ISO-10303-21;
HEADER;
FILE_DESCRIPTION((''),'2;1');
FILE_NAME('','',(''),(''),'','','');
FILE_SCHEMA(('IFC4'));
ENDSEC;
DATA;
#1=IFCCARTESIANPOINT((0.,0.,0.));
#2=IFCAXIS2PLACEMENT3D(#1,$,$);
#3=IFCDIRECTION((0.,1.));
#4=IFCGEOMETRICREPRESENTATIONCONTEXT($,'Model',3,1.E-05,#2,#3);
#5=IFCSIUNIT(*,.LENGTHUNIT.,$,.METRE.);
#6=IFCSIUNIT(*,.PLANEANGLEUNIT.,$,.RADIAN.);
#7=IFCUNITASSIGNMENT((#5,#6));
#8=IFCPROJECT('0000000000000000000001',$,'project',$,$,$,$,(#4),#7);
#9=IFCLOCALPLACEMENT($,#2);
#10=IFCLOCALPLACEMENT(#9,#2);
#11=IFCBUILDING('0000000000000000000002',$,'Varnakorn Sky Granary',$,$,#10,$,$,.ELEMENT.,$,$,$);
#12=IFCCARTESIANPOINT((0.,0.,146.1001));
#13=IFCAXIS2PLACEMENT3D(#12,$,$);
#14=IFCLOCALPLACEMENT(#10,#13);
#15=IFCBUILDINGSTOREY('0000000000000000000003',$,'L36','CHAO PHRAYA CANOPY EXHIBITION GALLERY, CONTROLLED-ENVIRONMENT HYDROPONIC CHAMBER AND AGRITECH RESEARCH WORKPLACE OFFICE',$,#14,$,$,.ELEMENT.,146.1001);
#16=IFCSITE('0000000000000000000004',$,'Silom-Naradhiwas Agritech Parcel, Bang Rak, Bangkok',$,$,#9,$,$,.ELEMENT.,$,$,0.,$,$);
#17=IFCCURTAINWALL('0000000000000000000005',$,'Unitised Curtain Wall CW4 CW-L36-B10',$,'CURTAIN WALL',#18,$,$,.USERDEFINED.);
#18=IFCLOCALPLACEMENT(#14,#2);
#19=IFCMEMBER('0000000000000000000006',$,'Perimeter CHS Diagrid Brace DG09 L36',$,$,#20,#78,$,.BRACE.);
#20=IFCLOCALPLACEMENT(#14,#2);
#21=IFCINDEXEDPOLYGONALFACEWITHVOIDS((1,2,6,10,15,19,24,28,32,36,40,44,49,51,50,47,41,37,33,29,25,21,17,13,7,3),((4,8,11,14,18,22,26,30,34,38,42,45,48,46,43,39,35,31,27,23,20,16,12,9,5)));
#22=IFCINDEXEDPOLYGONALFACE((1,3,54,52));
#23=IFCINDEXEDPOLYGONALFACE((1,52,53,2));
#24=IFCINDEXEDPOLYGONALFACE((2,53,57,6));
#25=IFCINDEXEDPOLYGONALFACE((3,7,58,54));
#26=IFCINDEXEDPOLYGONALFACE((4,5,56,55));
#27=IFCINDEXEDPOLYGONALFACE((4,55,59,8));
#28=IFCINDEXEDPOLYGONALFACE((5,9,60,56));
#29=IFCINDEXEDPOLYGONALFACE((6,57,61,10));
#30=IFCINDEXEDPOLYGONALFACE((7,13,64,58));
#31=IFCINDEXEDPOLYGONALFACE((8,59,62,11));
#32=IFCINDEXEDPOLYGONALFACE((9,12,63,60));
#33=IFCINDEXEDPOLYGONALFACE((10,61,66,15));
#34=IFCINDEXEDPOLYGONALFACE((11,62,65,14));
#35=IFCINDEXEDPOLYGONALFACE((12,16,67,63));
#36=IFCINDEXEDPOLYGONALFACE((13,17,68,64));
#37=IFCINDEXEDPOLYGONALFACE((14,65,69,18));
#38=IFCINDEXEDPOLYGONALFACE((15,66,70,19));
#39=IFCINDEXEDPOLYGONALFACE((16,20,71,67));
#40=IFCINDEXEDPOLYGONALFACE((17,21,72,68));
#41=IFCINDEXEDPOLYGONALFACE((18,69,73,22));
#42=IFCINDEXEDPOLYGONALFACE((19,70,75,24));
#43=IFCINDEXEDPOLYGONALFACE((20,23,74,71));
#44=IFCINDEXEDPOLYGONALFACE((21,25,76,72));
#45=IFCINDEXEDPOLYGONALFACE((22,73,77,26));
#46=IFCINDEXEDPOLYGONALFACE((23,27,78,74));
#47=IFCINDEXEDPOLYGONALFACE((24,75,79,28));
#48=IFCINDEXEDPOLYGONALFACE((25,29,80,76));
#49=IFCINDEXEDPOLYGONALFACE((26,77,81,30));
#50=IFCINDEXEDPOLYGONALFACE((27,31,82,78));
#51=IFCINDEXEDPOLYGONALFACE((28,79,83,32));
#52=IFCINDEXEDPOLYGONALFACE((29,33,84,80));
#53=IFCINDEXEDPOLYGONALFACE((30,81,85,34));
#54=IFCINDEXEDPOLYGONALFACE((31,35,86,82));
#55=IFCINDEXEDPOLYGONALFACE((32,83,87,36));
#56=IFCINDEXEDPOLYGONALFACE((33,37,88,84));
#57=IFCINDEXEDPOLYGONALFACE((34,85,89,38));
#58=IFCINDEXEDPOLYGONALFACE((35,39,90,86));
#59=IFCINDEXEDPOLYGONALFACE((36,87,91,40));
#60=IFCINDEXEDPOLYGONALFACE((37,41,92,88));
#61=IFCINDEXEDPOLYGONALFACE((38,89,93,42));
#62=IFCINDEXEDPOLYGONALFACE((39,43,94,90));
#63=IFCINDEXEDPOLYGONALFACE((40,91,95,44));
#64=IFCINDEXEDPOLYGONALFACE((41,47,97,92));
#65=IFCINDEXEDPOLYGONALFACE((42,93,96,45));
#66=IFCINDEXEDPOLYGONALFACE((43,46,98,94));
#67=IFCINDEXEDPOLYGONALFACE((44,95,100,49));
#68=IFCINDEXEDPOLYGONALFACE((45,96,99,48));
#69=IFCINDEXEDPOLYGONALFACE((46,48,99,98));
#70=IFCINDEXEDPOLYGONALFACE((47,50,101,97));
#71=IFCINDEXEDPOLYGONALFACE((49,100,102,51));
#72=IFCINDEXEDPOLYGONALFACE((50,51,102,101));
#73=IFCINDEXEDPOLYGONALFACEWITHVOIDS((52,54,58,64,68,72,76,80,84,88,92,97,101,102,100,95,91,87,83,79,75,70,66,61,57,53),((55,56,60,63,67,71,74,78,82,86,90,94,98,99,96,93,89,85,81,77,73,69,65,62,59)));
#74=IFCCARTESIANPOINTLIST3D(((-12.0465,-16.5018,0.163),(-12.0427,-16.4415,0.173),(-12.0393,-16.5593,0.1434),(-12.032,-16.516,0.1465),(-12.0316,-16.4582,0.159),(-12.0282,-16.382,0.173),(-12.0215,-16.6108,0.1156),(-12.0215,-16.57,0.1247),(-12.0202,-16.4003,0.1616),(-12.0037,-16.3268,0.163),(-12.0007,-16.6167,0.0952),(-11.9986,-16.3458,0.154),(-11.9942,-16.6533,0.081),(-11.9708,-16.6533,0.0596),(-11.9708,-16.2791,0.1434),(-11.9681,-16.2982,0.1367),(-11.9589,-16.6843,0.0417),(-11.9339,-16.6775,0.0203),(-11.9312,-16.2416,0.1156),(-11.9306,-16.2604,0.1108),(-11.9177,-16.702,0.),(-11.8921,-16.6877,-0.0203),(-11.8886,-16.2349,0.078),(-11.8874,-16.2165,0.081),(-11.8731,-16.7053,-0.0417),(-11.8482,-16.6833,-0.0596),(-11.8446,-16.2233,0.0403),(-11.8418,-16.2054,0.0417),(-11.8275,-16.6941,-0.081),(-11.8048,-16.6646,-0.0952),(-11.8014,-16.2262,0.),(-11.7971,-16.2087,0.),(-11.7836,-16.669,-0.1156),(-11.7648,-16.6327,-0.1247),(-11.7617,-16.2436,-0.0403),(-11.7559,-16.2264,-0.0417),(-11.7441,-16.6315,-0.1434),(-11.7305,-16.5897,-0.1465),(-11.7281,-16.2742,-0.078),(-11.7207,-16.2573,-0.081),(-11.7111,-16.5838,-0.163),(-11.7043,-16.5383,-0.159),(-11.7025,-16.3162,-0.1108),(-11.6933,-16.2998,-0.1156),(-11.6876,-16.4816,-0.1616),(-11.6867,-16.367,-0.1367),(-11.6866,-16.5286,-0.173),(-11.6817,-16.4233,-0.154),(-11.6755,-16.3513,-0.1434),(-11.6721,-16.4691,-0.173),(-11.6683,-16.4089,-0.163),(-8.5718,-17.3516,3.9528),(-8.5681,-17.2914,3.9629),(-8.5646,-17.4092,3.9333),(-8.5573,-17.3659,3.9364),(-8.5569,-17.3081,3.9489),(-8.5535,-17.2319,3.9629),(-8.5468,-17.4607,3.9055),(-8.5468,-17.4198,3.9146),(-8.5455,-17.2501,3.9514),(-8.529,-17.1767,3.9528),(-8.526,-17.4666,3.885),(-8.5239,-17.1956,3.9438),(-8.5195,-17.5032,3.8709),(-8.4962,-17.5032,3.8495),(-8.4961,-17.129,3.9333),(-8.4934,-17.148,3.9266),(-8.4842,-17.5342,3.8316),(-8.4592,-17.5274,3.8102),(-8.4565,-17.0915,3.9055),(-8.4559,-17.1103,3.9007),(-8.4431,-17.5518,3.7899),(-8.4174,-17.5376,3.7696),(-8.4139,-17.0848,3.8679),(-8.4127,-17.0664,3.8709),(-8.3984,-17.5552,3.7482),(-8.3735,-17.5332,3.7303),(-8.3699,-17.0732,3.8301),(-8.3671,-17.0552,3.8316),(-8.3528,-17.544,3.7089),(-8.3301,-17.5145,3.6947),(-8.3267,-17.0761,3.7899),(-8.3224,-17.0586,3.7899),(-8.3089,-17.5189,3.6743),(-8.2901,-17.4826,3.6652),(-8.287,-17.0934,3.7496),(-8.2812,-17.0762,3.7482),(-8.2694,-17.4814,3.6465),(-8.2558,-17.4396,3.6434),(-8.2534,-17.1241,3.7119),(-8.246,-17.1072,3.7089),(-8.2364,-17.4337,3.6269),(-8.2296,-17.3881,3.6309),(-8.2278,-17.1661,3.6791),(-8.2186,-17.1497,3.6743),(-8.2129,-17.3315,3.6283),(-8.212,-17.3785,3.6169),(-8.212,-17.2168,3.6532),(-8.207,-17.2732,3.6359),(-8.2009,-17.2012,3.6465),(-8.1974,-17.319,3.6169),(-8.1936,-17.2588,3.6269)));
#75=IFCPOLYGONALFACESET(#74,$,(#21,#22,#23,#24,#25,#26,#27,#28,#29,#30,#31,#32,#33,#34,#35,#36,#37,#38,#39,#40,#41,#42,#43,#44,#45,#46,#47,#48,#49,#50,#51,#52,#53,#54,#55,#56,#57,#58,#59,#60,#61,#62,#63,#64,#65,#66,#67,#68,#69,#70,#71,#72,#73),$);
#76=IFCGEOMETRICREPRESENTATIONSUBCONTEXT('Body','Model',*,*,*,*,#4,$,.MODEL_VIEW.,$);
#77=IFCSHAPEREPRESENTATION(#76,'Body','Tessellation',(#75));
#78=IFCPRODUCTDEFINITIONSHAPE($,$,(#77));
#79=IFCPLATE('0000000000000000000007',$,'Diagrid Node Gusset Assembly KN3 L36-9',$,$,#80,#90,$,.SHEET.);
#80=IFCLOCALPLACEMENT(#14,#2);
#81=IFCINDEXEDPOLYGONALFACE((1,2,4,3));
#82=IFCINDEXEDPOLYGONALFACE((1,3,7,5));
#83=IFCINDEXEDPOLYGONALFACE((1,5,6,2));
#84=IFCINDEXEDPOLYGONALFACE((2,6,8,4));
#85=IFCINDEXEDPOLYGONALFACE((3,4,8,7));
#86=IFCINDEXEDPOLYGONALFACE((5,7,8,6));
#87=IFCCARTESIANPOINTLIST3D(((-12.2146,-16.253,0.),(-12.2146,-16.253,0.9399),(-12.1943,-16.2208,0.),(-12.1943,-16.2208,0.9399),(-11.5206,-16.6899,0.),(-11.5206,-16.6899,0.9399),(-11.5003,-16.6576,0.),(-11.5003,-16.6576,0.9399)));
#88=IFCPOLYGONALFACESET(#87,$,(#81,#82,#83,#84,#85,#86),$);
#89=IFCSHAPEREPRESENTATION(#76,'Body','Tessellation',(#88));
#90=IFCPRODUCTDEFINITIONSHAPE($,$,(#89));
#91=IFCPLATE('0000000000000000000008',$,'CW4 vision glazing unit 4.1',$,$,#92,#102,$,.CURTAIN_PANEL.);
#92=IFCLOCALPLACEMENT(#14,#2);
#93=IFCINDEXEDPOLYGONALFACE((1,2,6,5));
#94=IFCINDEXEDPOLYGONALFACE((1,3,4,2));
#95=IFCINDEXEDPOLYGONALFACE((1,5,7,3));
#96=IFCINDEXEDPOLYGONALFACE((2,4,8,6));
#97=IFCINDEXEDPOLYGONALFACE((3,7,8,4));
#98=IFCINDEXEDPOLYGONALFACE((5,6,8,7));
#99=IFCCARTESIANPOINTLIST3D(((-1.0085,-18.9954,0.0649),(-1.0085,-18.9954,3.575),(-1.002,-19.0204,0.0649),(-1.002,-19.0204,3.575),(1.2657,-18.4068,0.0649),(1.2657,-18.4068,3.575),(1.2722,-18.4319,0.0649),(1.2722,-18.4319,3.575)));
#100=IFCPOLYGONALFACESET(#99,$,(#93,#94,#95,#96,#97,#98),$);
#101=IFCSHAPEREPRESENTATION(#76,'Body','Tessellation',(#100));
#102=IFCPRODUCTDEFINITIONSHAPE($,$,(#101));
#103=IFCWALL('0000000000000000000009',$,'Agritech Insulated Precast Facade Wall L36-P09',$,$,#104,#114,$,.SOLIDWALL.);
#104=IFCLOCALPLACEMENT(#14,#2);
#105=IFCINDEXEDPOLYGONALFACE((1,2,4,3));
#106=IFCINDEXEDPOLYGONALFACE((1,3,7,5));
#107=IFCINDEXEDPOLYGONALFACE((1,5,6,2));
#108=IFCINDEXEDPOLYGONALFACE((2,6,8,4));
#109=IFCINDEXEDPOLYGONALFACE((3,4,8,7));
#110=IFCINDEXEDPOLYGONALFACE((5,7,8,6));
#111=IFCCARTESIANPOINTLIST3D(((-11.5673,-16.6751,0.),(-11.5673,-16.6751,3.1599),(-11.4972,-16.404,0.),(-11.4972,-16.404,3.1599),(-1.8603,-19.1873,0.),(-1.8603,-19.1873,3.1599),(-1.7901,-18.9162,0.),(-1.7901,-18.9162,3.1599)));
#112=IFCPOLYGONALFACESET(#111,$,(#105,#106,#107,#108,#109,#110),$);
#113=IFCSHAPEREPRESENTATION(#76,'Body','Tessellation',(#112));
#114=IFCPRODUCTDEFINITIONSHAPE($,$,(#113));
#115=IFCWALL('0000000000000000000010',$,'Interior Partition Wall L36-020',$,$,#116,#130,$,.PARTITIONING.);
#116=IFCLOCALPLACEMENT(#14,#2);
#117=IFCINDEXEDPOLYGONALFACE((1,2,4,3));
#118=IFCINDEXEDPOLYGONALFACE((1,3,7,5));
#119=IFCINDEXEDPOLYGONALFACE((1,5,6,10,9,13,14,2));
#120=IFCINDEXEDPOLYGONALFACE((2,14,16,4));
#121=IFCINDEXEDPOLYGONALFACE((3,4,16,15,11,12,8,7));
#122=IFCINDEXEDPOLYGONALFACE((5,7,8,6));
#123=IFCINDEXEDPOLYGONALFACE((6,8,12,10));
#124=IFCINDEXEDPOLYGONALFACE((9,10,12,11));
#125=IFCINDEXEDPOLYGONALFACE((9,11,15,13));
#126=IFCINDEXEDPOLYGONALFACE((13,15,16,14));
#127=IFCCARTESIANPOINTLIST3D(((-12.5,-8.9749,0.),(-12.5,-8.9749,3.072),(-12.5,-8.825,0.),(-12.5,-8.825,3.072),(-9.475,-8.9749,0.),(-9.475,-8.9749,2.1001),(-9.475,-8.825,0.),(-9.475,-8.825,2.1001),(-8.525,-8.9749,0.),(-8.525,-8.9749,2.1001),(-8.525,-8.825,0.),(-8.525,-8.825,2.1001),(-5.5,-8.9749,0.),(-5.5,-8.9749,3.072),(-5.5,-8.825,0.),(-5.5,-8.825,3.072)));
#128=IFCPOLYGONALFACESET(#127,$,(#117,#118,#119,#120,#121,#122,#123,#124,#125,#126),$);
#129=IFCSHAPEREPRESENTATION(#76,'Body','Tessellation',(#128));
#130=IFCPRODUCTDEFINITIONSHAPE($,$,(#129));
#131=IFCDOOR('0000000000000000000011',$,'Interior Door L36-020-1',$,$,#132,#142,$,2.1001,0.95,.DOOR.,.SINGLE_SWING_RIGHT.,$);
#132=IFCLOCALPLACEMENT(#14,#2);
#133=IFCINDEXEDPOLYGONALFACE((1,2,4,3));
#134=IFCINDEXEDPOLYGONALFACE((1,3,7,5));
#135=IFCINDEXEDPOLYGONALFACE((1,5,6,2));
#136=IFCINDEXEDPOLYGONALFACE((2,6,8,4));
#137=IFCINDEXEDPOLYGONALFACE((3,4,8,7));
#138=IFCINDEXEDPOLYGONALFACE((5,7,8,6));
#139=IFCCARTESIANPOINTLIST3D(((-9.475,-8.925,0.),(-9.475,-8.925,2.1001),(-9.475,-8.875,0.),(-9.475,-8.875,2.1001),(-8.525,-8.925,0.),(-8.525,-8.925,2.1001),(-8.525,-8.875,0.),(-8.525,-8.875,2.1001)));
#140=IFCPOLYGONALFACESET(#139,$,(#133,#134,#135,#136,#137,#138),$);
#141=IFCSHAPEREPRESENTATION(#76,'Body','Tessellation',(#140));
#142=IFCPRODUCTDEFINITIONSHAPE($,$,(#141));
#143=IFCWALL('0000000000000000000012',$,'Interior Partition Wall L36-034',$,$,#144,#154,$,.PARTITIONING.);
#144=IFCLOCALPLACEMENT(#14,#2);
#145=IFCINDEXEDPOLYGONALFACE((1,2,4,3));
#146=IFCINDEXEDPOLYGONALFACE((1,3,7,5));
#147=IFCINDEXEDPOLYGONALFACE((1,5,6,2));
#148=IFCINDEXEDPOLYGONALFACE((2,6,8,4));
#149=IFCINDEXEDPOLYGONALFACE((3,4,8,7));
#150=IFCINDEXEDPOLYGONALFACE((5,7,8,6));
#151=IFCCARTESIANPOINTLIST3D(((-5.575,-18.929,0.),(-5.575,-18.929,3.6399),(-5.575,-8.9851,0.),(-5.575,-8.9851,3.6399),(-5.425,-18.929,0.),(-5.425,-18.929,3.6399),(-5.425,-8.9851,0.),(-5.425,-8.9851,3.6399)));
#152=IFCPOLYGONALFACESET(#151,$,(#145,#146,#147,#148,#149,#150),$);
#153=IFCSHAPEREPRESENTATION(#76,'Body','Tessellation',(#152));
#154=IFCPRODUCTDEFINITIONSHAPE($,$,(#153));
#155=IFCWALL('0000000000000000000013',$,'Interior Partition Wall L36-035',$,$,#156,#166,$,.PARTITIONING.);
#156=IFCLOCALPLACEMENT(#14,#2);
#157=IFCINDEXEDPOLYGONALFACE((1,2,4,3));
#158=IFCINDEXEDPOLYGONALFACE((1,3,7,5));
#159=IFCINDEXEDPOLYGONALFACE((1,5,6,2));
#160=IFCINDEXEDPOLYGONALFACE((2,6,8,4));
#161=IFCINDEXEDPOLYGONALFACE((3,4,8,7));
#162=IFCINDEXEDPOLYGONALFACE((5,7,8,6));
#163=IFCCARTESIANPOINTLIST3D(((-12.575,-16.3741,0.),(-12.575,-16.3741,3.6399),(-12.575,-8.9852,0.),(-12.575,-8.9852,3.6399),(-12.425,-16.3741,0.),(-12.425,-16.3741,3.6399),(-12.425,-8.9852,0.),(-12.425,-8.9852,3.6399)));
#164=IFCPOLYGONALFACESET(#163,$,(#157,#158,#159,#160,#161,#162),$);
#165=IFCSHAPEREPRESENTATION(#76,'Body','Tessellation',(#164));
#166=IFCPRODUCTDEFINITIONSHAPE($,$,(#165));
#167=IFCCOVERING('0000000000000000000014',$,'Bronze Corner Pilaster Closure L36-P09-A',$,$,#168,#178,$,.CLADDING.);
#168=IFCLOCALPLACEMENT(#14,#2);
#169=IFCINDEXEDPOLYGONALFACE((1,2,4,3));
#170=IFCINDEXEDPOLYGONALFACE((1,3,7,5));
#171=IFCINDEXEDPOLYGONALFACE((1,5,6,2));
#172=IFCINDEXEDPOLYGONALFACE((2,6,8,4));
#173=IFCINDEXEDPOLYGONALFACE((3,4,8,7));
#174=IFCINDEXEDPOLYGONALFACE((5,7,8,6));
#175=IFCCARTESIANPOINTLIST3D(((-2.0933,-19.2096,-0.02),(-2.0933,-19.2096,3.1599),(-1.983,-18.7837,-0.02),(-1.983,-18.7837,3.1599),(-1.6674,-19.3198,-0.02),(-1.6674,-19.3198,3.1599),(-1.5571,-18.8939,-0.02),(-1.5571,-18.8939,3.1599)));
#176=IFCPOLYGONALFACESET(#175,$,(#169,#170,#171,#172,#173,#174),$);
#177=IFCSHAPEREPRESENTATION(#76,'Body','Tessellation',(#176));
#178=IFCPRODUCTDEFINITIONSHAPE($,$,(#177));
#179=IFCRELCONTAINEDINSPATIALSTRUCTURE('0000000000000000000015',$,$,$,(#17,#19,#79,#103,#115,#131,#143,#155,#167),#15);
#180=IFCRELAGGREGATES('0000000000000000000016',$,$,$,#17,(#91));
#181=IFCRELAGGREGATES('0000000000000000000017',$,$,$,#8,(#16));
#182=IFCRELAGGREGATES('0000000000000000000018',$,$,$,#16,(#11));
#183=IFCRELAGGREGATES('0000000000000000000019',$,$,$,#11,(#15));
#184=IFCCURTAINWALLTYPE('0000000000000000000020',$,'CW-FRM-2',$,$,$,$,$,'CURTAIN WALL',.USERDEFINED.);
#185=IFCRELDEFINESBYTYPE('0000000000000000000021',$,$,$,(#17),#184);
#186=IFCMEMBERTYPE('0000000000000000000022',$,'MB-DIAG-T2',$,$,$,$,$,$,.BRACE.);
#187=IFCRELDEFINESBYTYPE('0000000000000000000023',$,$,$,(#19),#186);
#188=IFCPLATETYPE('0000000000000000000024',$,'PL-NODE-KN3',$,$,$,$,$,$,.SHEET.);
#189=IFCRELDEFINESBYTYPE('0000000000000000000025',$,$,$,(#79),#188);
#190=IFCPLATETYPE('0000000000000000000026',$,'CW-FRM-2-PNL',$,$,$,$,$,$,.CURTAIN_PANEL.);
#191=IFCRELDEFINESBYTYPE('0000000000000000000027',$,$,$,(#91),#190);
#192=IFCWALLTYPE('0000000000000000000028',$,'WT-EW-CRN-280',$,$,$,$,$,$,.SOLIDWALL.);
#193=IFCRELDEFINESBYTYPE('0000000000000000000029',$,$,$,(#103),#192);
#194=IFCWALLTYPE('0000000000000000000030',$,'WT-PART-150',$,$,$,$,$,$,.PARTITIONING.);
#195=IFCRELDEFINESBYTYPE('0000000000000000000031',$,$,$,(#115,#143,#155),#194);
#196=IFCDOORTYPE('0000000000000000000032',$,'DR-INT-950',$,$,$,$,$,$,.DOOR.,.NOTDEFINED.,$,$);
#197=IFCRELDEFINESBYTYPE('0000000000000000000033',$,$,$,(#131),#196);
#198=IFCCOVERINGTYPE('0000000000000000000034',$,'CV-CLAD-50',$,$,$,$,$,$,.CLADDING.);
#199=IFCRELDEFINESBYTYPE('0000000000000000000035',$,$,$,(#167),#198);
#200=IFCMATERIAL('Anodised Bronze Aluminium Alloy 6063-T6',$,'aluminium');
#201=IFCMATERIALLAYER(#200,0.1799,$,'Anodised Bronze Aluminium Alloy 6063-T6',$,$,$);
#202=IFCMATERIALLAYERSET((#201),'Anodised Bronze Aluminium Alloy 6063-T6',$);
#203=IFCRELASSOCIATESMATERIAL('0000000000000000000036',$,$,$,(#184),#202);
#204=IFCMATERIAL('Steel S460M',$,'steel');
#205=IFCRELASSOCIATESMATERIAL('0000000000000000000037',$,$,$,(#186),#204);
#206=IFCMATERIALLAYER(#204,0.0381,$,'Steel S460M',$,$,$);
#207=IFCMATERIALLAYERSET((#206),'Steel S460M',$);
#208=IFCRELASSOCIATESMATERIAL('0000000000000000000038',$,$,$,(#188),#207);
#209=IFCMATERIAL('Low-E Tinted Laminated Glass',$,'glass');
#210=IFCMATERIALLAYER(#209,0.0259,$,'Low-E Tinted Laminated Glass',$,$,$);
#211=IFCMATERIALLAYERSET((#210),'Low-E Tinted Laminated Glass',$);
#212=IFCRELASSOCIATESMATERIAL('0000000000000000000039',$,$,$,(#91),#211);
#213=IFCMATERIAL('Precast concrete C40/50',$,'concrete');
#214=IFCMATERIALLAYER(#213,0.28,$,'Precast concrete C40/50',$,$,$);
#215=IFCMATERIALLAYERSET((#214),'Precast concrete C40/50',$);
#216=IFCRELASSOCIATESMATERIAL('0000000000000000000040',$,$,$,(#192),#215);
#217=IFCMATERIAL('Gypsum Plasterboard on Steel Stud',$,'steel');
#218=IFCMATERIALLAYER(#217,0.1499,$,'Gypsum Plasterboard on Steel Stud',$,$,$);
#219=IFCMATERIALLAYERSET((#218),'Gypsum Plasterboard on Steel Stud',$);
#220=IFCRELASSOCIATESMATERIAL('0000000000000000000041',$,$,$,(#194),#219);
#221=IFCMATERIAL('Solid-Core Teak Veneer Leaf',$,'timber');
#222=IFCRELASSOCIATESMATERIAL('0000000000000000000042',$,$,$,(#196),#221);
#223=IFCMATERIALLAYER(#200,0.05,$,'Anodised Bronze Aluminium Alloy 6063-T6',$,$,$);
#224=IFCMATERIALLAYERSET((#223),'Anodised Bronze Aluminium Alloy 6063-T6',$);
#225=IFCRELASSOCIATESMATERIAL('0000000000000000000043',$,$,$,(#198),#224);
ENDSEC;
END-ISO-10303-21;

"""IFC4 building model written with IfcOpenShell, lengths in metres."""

from ifc_helpers import new_model, si_unit, direction, frame, frame_2d, origin, origin_2d, place, context, subcontext, project, spatial, rectangle, hollow_circle, extrude, source, transform, mapped, material, layer, layer_set, material_profile, profile_set, type_object, type_shapes, element, fill, aggregate, save


model = new_model("IFC4")

# Units and contexts
model_context = context("Model", 3, precision=1e-05, world=origin(), true_north=direction((0.0, 1.0)))
body_context = subcontext(model_context, "Body", "Model", "MODEL_VIEW")
ifc_project = project(units=[si_unit("LENGTHUNIT", "METRE"), si_unit("PLANEANGLEUNIT", "RADIAN")], contexts=[model_context])

# Site, building, storey
site_placement = place(None, origin())
site = spatial("IfcSite", under=ifc_project, at=site_placement, Name="Silom-Naradhiwas Agritech Parcel, Bang Rak, Bangkok", CompositionType="ELEMENT", RefElevation=0.0)
building_placement = place(site_placement, origin())
building = spatial("IfcBuilding", under=site, at=building_placement, Name="Varnakorn Sky Granary", CompositionType="ELEMENT")
storey_placement = place(building_placement, frame((0.0, 0.0, 146.1001)))
storey = spatial("IfcBuildingStorey", under=building, at=storey_placement, Name="L36", Description="CHAO PHRAYA CANOPY EXHIBITION GALLERY, CONTROLLED-ENVIRONMENT HYDROPONIC CHAMBER AND AGRITECH RESEARCH WORKPLACE OFFICE", CompositionType="ELEMENT", Elevation=146.1001)

# Shared definitions
ifc_material_1 = material(Name="Steel S460M", Category="steel")

# Curtain wall
ifc_material_2 = material(Name="Anodised Bronze Aluminium Alloy 6063-T6", Category="aluminium")
ifc_layer_1 = layer(ifc_material_2, 0.1799, Name="Anodised Bronze Aluminium Alloy 6063-T6")
ifc_layer_set_1 = layer_set([ifc_layer_1], Name="Anodised Bronze Aluminium Alloy 6063-T6")
curtain_wall_type = type_object("IfcCurtainWallType", Name="CW-FRM-2", ElementType="CURTAIN WALL", PredefinedType="USERDEFINED", material=ifc_layer_set_1)
curtain_wall_1_placement = place(storey_placement, origin())
curtain_wall_1 = element("IfcCurtainWall", 1, at=curtain_wall_1_placement, inside=storey, type_object=curtain_wall_type, Name="Unitised Curtain Wall CW4 CW-L36-B10", ObjectType="CURTAIN WALL", PredefinedType="USERDEFINED")

# Member
ifc_material_profile_1 = material_profile(ifc_material_1, hollow_circle(Radius=0.2539, WallThickness=0.0181, at=origin_2d()), Name="CHS 508x18")
ifc_profile_set_1 = profile_set([ifc_material_profile_1], Name="Steel S460M")
member_type_1 = type_object("IfcMemberType", Name="MB-DIAG-T2", PredefinedType="BRACE", material=ifc_profile_set_1)
member_1_placement = place(storey_placement, frame((-11.8574, -16.4553, 0.0), z_axis=(0.666744, -0.163079, 0.727226), x_axis=(0.237586, 0.971366, 0.0)))
element("IfcMember", 2, at=member_1_placement, inside=storey, type_object=member_type_1, Name="Perimeter CHS Diagrid Brace DG09 L36", PredefinedType="BRACE", context=body_context, shape_type="SweptSolid", body=[
    extrude(hollow_circle(Radius=0.2539, WallThickness=0.0181, at=origin_2d()), origin(), (0.0, 0.0, 1.0), 5.2114),
])

# Plates
ifc_layer_2 = layer(ifc_material_1, 0.0381, Name="Steel S460M")
ifc_layer_set_2 = layer_set([ifc_layer_2], Name="Steel S460M")
plate_type_1 = type_object("IfcPlateType", Name="PL-NODE-KN3", PredefinedType="SHEET", material=ifc_layer_set_2)
plate_1_placement = place(storey_placement, frame((-11.8574, -16.4553, 0.0), z_axis=(0.0, 0.0, 1.0), x_axis=(0.846308, -0.532694, 0.0)))
element("IfcPlate", 3, at=plate_1_placement, inside=storey, type_object=plate_type_1, Name="Diagrid Node Gusset Assembly KN3 L36-9", PredefinedType="SHEET", context=body_context, shape_type="SweptSolid", body=[
    extrude(rectangle(XDim=0.8201, YDim=0.0381, at=origin_2d()), origin(), (0.0, 0.0, 1.0), 0.9399),
])
ifc_material_3 = material(Name="Low-E Tinted Laminated Glass", Category="glass")
ifc_layer_3 = layer(ifc_material_3, 0.0259, Name="Low-E Tinted Laminated Glass")
ifc_layer_set_3 = layer_set([ifc_layer_3], Name="Low-E Tinted Laminated Glass")
plate_type_2 = type_object("IfcPlateType", Name="CW-FRM-2-PNL", PredefinedType="CURTAIN_PANEL")
shared_shape_1 = source(origin(), body_context, "Body", "SweptSolid", [
    extrude(rectangle(XDim=2.3491, YDim=0.0259, at=origin_2d()), origin(), (0.0, 0.0, 1.0), 3.51),
])
type_shapes(plate_type_2, [shared_shape_1])
plate_2_placement = place(storey_placement, frame((0.1318, -18.7136, 0.0649), z_axis=(0.0, 0.0, 1.0), x_axis=(-0.968101, -0.250559, 0.0)))
plate_2 = element("IfcPlate", 4, at=plate_2_placement, type_object=plate_type_2, material=ifc_layer_set_3, Name="CW4 vision glazing unit 4.1", PredefinedType="CURTAIN_PANEL", context=body_context, shape_type="MappedRepresentation", body=[
    mapped(shared_shape_1, transform((0.0, 0.0, 0.0), x_axis=(1.0, 0.0, 0.0), y_axis=(0.0, 1.0, 0.0), z_axis=(0.0, 0.0, 1.0), scale=1.0)),
])
aggregate(curtain_wall_1, [plate_2])

# Wall
ifc_material_4 = material(Name="Precast concrete C40/50", Category="concrete")
ifc_layer_4 = layer(ifc_material_4, 0.28, Name="Precast concrete C40/50")
ifc_layer_set_4 = layer_set([ifc_layer_4], Name="Precast concrete C40/50")
wall_type_1 = type_object("IfcWallType", Name="WT-EW-CRN-280", PredefinedType="SOLIDWALL", material=ifc_layer_set_4)
wall_1_placement = place(storey_placement, frame((-1.8252, -19.0518, 0.0), z_axis=(0.0, 0.0, 1.0), x_axis=(-0.968104, 0.250548, 0.0)))
element("IfcWall", 5, at=wall_1_placement, inside=storey, type_object=wall_type_1, Name="Agritech Insulated Precast Facade Wall L36-P09", PredefinedType="SOLIDWALL", context=body_context, shape_type="SweptSolid", body=[
    extrude(rectangle(XDim=10.0269, YDim=0.28, at=frame_2d((5.0134, 0.0))), origin(), (0.0, 0.0, 1.0), 3.1599),
])

# Wall, opening, door
ifc_material_5 = material(Name="Gypsum Plasterboard on Steel Stud", Category="steel")
ifc_layer_5 = layer(ifc_material_5, 0.1499, Name="Gypsum Plasterboard on Steel Stud")
ifc_layer_set_5 = layer_set([ifc_layer_5], Name="Gypsum Plasterboard on Steel Stud")
wall_type_2 = type_object("IfcWallType", Name="WT-PART-150", PredefinedType="PARTITIONING", material=ifc_layer_set_5)
wall_2_placement = place(storey_placement, frame((-12.5, -8.8999, 0.0), z_axis=(0.0, 0.0, 1.0), x_axis=(1.0, 0.0, 0.0)))
wall_2 = element("IfcWall", 6, at=wall_2_placement, inside=storey, type_object=wall_type_2, Name="Interior Partition Wall L36-020", PredefinedType="PARTITIONING", context=body_context, shape_type="SweptSolid", body=[
    extrude(rectangle(XDim=7.0, YDim=0.1499, at=frame_2d((3.5, 0.0))), origin(), (0.0, 0.0, 1.0), 3.072),
])
opening_placement = place(wall_2_placement, frame((3.0249, 0.0, 0.0)))
opening = element("IfcOpeningElement", 7, at=opening_placement, cuts=wall_2, PredefinedType="OPENING", context=body_context, shape_type="SweptSolid", body=[
    extrude(rectangle(XDim=0.95, YDim=2.1001, at=frame_2d((0.4751, 1.05))), frame((0.0, 0.085, 0.0), z_axis=(0.0, -1.0, 0.0), x_axis=(1.0, 0.0, 0.0)), (0.0, 0.0, 1.0), 0.1699),
])
ifc_material_6 = material(Name="Solid-Core Teak Veneer Leaf", Category="timber")
door_type = type_object("IfcDoorType", Name="DR-INT-950", OperationType="NOTDEFINED", PredefinedType="DOOR", material=ifc_material_6)
door_placement = place(opening_placement, origin())
door = element("IfcDoor", 8, at=door_placement, inside=storey, type_object=door_type, Name="Interior Door L36-020-1", OperationType="SINGLE_SWING_RIGHT", OverallHeight=2.1001, OverallWidth=0.95, PredefinedType="DOOR", context=body_context, shape_type="SweptSolid", body=[
    extrude(rectangle(XDim=0.95, YDim=2.1001, at=frame_2d((0.4751, 1.05))), frame((0.0, 0.0249, 0.0), z_axis=(0.0, -1.0, 0.0), x_axis=(1.0, 0.0, 0.0)), (0.0, 0.0, 1.0), 0.05),
])
fill(opening, door)

# Walls
wall_3_placement = place(storey_placement, frame((-5.5, -8.9851, 0.0), z_axis=(0.0, 0.0, 1.0), x_axis=(0.0, -1.0, 0.0)))
element("IfcWall", 9, at=wall_3_placement, inside=storey, type_object=wall_type_2, Name="Interior Partition Wall L36-034", PredefinedType="PARTITIONING", context=body_context, shape_type="SweptSolid", body=[
    extrude(rectangle(XDim=9.9438, YDim=0.1499, at=frame_2d((4.9719, 0.0))), origin(), (0.0, 0.0, 1.0), 3.6399),
])
wall_4_placement = place(storey_placement, frame((-12.5, -16.374, 0.0), z_axis=(0.0, 0.0, 1.0), x_axis=(0.0, 1.0, 0.0)))
element("IfcWall", 10, at=wall_4_placement, inside=storey, type_object=wall_type_2, Name="Interior Partition Wall L36-035", PredefinedType="PARTITIONING", context=body_context, shape_type="SweptSolid", body=[
    extrude(rectangle(XDim=7.3889, YDim=0.1499, at=frame_2d((3.6943, 0.0))), origin(), (0.0, 0.0, 1.0), 3.6399),
])

# Covering
ifc_layer_6 = layer(ifc_material_2, 0.05, Name="Anodised Bronze Aluminium Alloy 6063-T6")
ifc_layer_set_6 = layer_set([ifc_layer_6], Name="Anodised Bronze Aluminium Alloy 6063-T6")
covering_type = type_object("IfcCoveringType", Name="CV-CLAD-50", PredefinedType="CLADDING", material=ifc_layer_set_6)
shared_shape_2 = source(origin(), body_context, "Body", "SweptSolid", [
    extrude(rectangle(XDim=0.4399, YDim=0.4399, at=origin_2d()), origin(), (0.0, 0.0, 1.0), 3.1799),
])
type_shapes(covering_type, [shared_shape_2])
for number, where, z_axis, x_axis, name in (
    (11, (-1.8252, -19.0518, -0.02), (0.0, 0.0, 1.0), (-0.968104, 0.250549, 0.0), "Bronze Corner Pilaster Closure L36-P09-A"),
):
    element("IfcCovering", number, at=place(storey_placement, frame(where, z_axis=z_axis, x_axis=x_axis)), inside=storey, type_object=covering_type, Name=name, PredefinedType="CLADDING", context=body_context, shape_type="MappedRepresentation", body=[
        mapped(shared_shape_2, transform((0.0, 0.0, 0.0), x_axis=(1.0, 0.0, 0.0), y_axis=(0.0, 1.0, 0.0), z_axis=(0.0, 0.0, 1.0), scale=1.0)),
    ])

save(model, "model.ifc")
